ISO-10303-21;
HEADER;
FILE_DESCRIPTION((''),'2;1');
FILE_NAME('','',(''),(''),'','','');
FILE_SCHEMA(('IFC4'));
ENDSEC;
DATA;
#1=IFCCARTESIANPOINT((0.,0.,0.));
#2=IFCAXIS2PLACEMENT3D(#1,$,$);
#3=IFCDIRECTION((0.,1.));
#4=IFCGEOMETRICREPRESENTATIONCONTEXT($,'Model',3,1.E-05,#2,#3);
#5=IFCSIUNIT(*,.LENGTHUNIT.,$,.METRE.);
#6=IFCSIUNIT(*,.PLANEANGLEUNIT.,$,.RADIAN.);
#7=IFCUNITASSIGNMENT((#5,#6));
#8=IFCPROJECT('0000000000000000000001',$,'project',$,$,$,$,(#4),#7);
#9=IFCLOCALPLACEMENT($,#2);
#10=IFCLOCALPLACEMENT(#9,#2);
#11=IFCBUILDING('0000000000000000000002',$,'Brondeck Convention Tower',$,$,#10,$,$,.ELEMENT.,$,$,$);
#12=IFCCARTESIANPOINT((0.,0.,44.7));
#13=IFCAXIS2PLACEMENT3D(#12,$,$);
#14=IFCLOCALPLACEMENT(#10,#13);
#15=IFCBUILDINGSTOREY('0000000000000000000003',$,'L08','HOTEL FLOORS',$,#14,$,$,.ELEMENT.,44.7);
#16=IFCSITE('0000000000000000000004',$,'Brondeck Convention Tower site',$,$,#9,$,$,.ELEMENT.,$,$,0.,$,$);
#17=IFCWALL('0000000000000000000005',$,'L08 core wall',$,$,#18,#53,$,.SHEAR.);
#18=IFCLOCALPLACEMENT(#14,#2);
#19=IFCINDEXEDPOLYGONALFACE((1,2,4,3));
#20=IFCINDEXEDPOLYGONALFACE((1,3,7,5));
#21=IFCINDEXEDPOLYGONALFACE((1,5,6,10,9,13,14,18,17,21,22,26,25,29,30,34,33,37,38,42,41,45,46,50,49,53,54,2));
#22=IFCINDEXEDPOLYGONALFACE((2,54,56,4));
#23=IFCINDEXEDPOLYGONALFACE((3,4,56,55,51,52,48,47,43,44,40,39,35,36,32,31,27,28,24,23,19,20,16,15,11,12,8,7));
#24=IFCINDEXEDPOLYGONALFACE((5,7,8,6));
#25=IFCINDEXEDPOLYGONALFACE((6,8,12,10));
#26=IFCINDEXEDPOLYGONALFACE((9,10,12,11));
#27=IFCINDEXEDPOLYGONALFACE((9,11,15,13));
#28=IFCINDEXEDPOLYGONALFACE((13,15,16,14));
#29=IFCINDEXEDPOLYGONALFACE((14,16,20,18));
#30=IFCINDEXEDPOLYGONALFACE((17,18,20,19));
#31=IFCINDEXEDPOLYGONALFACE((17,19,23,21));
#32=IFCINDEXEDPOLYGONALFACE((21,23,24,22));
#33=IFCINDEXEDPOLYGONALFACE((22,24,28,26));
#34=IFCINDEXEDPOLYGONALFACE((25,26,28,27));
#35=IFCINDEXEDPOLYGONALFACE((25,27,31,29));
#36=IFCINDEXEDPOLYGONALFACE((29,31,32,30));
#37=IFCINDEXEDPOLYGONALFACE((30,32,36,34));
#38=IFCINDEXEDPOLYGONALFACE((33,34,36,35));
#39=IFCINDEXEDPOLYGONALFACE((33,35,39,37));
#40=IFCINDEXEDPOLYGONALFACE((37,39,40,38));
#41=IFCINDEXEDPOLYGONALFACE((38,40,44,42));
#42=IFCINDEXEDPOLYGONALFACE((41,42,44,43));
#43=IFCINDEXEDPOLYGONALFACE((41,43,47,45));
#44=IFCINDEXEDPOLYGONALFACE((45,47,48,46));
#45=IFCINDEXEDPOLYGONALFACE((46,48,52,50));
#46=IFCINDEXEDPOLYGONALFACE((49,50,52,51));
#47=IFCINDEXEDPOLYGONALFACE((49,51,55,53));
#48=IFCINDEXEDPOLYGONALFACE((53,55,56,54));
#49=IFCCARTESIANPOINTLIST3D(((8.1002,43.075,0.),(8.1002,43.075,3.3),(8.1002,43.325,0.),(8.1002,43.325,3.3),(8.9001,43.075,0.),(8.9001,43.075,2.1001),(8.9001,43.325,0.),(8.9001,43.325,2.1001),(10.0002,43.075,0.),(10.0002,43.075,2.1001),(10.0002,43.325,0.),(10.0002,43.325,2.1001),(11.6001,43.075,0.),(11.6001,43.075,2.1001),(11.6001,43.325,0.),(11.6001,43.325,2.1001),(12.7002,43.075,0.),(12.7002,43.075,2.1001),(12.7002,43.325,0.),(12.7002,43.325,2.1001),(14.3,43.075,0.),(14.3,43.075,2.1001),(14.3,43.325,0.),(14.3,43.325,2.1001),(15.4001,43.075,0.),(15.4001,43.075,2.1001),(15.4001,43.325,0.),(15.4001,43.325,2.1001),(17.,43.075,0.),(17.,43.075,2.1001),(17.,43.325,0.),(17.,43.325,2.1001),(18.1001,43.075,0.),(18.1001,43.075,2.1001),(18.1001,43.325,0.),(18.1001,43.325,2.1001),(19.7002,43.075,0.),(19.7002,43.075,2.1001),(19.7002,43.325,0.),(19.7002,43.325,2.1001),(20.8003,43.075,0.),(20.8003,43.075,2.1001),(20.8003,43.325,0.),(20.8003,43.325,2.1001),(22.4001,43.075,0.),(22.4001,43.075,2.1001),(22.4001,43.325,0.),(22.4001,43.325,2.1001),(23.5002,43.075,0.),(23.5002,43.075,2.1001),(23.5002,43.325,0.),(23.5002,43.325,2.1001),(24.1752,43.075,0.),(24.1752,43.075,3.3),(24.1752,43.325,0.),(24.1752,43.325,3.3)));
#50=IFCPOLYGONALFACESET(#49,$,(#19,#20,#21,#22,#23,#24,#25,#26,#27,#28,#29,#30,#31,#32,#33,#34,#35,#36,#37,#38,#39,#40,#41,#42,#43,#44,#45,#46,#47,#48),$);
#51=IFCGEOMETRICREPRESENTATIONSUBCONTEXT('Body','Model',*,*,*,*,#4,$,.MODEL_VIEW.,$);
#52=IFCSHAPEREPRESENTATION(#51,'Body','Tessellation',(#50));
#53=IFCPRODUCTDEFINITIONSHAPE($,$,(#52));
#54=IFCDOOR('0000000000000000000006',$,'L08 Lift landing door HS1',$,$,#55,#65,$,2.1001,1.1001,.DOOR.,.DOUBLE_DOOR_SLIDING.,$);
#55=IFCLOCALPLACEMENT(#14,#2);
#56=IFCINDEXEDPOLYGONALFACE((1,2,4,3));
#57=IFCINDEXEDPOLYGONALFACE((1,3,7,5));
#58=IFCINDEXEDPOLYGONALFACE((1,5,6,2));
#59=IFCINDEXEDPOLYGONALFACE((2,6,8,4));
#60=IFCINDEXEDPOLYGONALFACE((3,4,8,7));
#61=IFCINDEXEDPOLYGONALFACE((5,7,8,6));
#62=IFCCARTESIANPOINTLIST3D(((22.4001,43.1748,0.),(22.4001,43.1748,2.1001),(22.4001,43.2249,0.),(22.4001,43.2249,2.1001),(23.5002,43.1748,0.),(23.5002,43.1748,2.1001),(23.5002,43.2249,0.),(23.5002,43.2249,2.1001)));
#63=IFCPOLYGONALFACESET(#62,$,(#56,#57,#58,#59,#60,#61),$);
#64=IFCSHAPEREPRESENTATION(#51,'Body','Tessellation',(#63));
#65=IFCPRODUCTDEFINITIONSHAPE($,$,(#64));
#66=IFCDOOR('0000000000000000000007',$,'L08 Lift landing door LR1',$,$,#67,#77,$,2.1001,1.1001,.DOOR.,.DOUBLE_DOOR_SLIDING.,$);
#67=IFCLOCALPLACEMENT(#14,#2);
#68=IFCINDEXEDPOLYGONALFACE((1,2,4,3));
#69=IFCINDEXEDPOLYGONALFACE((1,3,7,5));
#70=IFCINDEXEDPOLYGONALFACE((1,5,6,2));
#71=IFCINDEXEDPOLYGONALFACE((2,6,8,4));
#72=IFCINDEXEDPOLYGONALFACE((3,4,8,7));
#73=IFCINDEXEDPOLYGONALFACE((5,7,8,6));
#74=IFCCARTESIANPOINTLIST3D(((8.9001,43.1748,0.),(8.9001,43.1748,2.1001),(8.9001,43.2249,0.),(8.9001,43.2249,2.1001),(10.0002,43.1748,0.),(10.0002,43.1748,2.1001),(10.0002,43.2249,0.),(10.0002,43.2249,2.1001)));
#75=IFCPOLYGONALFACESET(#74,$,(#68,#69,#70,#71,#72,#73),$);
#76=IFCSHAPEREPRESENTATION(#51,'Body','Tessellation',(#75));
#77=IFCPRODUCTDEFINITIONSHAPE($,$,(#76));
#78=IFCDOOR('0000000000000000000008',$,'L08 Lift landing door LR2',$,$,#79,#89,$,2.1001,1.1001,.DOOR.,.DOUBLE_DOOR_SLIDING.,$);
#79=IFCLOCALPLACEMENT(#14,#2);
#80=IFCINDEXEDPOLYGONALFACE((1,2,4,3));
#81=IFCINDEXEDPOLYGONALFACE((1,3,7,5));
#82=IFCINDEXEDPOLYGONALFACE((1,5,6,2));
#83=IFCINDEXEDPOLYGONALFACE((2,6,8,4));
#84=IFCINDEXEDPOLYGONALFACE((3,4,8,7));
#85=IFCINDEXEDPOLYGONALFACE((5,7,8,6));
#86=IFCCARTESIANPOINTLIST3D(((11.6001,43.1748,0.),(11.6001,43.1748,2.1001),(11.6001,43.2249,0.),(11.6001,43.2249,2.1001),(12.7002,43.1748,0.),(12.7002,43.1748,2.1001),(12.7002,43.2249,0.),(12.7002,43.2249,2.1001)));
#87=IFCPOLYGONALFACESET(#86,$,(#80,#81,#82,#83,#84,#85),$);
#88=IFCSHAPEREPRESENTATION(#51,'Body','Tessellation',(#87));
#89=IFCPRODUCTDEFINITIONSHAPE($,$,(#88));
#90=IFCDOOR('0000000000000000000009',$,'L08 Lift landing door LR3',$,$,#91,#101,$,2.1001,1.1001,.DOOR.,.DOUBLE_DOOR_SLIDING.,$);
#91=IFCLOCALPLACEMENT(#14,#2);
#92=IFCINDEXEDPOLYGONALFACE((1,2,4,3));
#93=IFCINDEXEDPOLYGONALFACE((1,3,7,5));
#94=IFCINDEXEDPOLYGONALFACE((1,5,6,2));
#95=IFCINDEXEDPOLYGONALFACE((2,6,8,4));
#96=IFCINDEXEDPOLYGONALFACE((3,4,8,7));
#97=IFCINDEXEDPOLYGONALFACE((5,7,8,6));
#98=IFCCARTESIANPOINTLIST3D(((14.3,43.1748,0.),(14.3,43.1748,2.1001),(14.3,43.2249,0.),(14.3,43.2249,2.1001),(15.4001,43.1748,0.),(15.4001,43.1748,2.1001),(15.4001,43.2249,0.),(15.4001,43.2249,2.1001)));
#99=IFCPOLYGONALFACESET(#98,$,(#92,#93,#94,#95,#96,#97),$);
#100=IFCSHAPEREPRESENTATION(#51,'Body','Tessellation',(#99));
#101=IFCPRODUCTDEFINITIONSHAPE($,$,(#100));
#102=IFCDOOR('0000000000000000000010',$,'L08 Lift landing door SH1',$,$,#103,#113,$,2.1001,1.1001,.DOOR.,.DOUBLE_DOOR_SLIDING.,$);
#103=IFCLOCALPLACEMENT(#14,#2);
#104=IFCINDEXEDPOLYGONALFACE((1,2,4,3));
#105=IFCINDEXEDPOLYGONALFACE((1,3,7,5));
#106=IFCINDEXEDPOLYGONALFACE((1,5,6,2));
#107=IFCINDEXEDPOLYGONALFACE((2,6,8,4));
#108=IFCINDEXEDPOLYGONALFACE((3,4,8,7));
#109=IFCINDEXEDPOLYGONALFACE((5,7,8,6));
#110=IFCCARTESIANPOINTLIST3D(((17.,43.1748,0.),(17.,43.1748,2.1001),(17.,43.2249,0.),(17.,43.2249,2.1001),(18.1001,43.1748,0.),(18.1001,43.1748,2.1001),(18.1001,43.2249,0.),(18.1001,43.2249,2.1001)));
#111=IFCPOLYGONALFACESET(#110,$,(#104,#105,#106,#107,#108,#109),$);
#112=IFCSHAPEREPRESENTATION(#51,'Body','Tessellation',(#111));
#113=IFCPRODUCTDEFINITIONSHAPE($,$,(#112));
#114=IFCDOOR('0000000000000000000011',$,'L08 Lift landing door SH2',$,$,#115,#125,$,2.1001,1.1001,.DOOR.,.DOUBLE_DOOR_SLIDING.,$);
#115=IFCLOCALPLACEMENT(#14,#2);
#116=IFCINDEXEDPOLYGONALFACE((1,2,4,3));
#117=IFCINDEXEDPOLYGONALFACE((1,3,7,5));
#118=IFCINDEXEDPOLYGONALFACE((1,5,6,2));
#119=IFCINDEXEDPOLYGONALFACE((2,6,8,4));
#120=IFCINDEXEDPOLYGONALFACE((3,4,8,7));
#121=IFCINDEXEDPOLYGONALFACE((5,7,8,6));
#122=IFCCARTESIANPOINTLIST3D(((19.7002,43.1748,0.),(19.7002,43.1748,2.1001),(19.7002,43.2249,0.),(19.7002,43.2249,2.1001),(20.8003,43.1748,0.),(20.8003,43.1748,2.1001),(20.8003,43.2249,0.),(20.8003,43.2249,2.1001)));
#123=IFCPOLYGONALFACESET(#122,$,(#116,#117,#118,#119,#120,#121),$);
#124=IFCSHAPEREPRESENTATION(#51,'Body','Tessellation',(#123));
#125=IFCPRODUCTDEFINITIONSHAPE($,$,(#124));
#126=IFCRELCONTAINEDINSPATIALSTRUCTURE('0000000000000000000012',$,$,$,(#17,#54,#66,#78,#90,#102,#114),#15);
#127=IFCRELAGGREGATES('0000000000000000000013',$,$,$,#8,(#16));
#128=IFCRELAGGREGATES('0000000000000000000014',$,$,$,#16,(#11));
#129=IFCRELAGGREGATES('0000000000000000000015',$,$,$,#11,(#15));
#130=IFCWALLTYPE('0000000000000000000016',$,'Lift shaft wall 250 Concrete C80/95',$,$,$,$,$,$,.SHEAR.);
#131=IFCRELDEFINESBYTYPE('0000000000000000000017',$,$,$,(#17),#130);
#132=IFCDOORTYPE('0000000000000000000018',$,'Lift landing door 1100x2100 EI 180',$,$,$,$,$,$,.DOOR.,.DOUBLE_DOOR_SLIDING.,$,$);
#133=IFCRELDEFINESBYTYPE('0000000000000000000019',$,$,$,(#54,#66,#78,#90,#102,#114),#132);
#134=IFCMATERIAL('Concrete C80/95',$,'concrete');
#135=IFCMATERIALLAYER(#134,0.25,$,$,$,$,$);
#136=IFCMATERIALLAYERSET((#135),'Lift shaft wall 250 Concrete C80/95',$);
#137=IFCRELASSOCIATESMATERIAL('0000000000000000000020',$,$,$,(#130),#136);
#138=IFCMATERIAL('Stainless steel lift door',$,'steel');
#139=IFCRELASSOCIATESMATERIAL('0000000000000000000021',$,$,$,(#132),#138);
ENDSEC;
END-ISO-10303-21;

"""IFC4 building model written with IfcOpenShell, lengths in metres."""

from ifc_helpers import new_model, si_unit, direction, frame, frame_2d, origin, place, context, subcontext, project, spatial, rectangle, extrude, material, layer, layer_set, type_object, element, fill, save


model = new_model("IFC4")

# Units and contexts
model_context = context("Model", 3, precision=1e-05, world=origin(), true_north=direction((0.0, 1.0)))
body_context = subcontext(model_context, "Body", "Model", "MODEL_VIEW")
ifc_project = project(units=[si_unit("LENGTHUNIT", "METRE"), si_unit("PLANEANGLEUNIT", "RADIAN")], contexts=[model_context])

# Site, building, storey
site_placement = place(None, origin())
site = spatial("IfcSite", under=ifc_project, at=site_placement, Name="Brondeck Convention Tower site", CompositionType="ELEMENT", RefElevation=0.0)
building_placement = place(site_placement, origin())
building = spatial("IfcBuilding", under=site, at=building_placement, Name="Brondeck Convention Tower", CompositionType="ELEMENT")
storey_placement = place(building_placement, frame((0.0, 0.0, 44.7)))
storey = spatial("IfcBuildingStorey", under=building, at=storey_placement, Name="L08", Description="HOTEL FLOORS", CompositionType="ELEMENT", Elevation=44.7)

# Shared definitions
ifc_material_1 = material(Name="Concrete C80/95", Category="concrete")
ifc_layer_1 = layer(ifc_material_1, 0.25)
ifc_layer_set_1 = layer_set([ifc_layer_1], Name="Lift shaft wall 250 Concrete C80/95")
wall_type_1 = type_object("IfcWallType", Name="Lift shaft wall 250 Concrete C80/95", PredefinedType="SHEAR", material=ifc_layer_set_1)

# Wall, openings, doors
wall_1_placement = place(storey_placement, frame((8.1001, 43.2, 0.0), z_axis=(0.0, 0.0, 1.0), x_axis=(1.0, 0.0, 0.0)))
wall_1 = element("IfcWall", 1, at=wall_1_placement, inside=storey, type_object=wall_type_1, Name="L08 core wall", PredefinedType="SHEAR", context=body_context, shape_type="SweptSolid", body=[
    extrude(rectangle(XDim=16.075, YDim=0.25, at=frame_2d((8.0376, 0.0))), origin(), (0.0, 0.0, 1.0), 3.3),
])
opening_1_placement = place(wall_1_placement, frame((14.3, 0.0, 0.0)))
opening_1 = element("IfcOpeningElement", 2, at=opening_1_placement, cuts=wall_1, PredefinedType="OPENING", context=body_context, shape_type="SweptSolid", body=[
    extrude(rectangle(XDim=1.1001, YDim=2.1001, at=frame_2d((0.55, 1.05))), frame((0.0, 0.135, 0.0), z_axis=(0.0, -1.0, 0.0), x_axis=(1.0, 0.0, 0.0)), (0.0, 0.0, 1.0), 0.27),
])
opening_2_placement = place(wall_1_placement, frame((0.8, 0.0, 0.0)))
opening_2 = element("IfcOpeningElement", 3, at=opening_2_placement, cuts=wall_1, PredefinedType="OPENING", context=body_context, shape_type="SweptSolid", body=[
    extrude(rectangle(XDim=1.1001, YDim=2.1001, at=frame_2d((0.55, 1.05))), frame((0.0, 0.135, 0.0), z_axis=(0.0, -1.0, 0.0), x_axis=(1.0, 0.0, 0.0)), (0.0, 0.0, 1.0), 0.27),
])
opening_3_placement = place(wall_1_placement, frame((3.5, 0.0, 0.0)))
opening_3 = element("IfcOpeningElement", 4, at=opening_3_placement, cuts=wall_1, PredefinedType="OPENING", context=body_context, shape_type="SweptSolid", body=[
    extrude(rectangle(XDim=1.1001, YDim=2.1001, at=frame_2d((0.55, 1.05))), frame((0.0, 0.135, 0.0), z_axis=(0.0, -1.0, 0.0), x_axis=(1.0, 0.0, 0.0)), (0.0, 0.0, 1.0), 0.27),
])
opening_4_placement = place(wall_1_placement, frame((6.2, 0.0, 0.0)))
opening_4 = element("IfcOpeningElement", 5, at=opening_4_placement, cuts=wall_1, PredefinedType="OPENING", context=body_context, shape_type="SweptSolid", body=[
    extrude(rectangle(XDim=1.1001, YDim=2.1001, at=frame_2d((0.55, 1.05))), frame((0.0, 0.135, 0.0), z_axis=(0.0, -1.0, 0.0), x_axis=(1.0, 0.0, 0.0)), (0.0, 0.0, 1.0), 0.27),
])
opening_5_placement = place(wall_1_placement, frame((8.8999, 0.0, 0.0)))
opening_5 = element("IfcOpeningElement", 6, at=opening_5_placement, cuts=wall_1, PredefinedType="OPENING", context=body_context, shape_type="SweptSolid", body=[
    extrude(rectangle(XDim=1.1001, YDim=2.1001, at=frame_2d((0.55, 1.05))), frame((0.0, 0.135, 0.0), z_axis=(0.0, -1.0, 0.0), x_axis=(1.0, 0.0, 0.0)), (0.0, 0.0, 1.0), 0.27),
])
opening_6_placement = place(wall_1_placement, frame((11.6001, 0.0, 0.0)))
opening_6 = element("IfcOpeningElement", 7, at=opening_6_placement, cuts=wall_1, PredefinedType="OPENING", context=body_context, shape_type="SweptSolid", body=[
    extrude(rectangle(XDim=1.1001, YDim=2.1001, at=frame_2d((0.55, 1.05))), frame((0.0, 0.135, 0.0), z_axis=(0.0, -1.0, 0.0), x_axis=(1.0, 0.0, 0.0)), (0.0, 0.0, 1.0), 0.27),
])
ifc_material_2 = material(Name="Stainless steel lift door", Category="steel")
door_type = type_object("IfcDoorType", Name="Lift landing door 1100x2100 EI 180", OperationType="DOUBLE_DOOR_SLIDING", PredefinedType="DOOR", material=ifc_material_2)
door_1_placement = place(opening_1_placement, origin())
door_1 = element("IfcDoor", 8, at=door_1_placement, inside=storey, type_object=door_type, Name="L08 Lift landing door HS1", OperationType="DOUBLE_DOOR_SLIDING", OverallHeight=2.1001, OverallWidth=1.1001, PredefinedType="DOOR", context=body_context, shape_type="SweptSolid", body=[
    extrude(rectangle(XDim=1.1001, YDim=2.1001, at=frame_2d((0.55, 1.05))), frame((0.0, 0.0249, 0.0), z_axis=(0.0, -1.0, 0.0), x_axis=(1.0, 0.0, 0.0)), (0.0, 0.0, 1.0), 0.05),
])
fill(opening_1, door_1)
door_2_placement = place(opening_2_placement, origin())
door_2 = element("IfcDoor", 9, at=door_2_placement, inside=storey, type_object=door_type, Name="L08 Lift landing door LR1", OperationType="DOUBLE_DOOR_SLIDING", OverallHeight=2.1001, OverallWidth=1.1001, PredefinedType="DOOR", context=body_context, shape_type="SweptSolid", body=[
    extrude(rectangle(XDim=1.1001, YDim=2.1001, at=frame_2d((0.55, 1.05))), frame((0.0, 0.0249, 0.0), z_axis=(0.0, -1.0, 0.0), x_axis=(1.0, 0.0, 0.0)), (0.0, 0.0, 1.0), 0.05),
])
fill(opening_2, door_2)
door_3_placement = place(opening_3_placement, origin())
door_3 = element("IfcDoor", 10, at=door_3_placement, inside=storey, type_object=door_type, Name="L08 Lift landing door LR2", OperationType="DOUBLE_DOOR_SLIDING", OverallHeight=2.1001, OverallWidth=1.1001, PredefinedType="DOOR", context=body_context, shape_type="SweptSolid", body=[
    extrude(rectangle(XDim=1.1001, YDim=2.1001, at=frame_2d((0.55, 1.05))), frame((0.0, 0.0249, 0.0), z_axis=(0.0, -1.0, 0.0), x_axis=(1.0, 0.0, 0.0)), (0.0, 0.0, 1.0), 0.05),
])
fill(opening_3, door_3)
door_4_placement = place(opening_4_placement, origin())
door_4 = element("IfcDoor", 11, at=door_4_placement, inside=storey, type_object=door_type, Name="L08 Lift landing door LR3", OperationType="DOUBLE_DOOR_SLIDING", OverallHeight=2.1001, OverallWidth=1.1001, PredefinedType="DOOR", context=body_context, shape_type="SweptSolid", body=[
    extrude(rectangle(XDim=1.1001, YDim=2.1001, at=frame_2d((0.55, 1.05))), frame((0.0, 0.0249, 0.0), z_axis=(0.0, -1.0, 0.0), x_axis=(1.0, 0.0, 0.0)), (0.0, 0.0, 1.0), 0.05),
])
fill(opening_4, door_4)
door_5_placement = place(opening_5_placement, origin())
door_5 = element("IfcDoor", 12, at=door_5_placement, inside=storey, type_object=door_type, Name="L08 Lift landing door SH1", OperationType="DOUBLE_DOOR_SLIDING", OverallHeight=2.1001, OverallWidth=1.1001, PredefinedType="DOOR", context=body_context, shape_type="SweptSolid", body=[
    extrude(rectangle(XDim=1.1001, YDim=2.1001, at=frame_2d((0.55, 1.05))), frame((0.0, 0.0249, 0.0), z_axis=(0.0, -1.0, 0.0), x_axis=(1.0, 0.0, 0.0)), (0.0, 0.0, 1.0), 0.05),
])
fill(opening_5, door_5)
door_6_placement = place(opening_6_placement, origin())
door_6 = element("IfcDoor", 13, at=door_6_placement, inside=storey, type_object=door_type, Name="L08 Lift landing door SH2", OperationType="DOUBLE_DOOR_SLIDING", OverallHeight=2.1001, OverallWidth=1.1001, PredefinedType="DOOR", context=body_context, shape_type="SweptSolid", body=[
    extrude(rectangle(XDim=1.1001, YDim=2.1001, at=frame_2d((0.55, 1.05))), frame((0.0, 0.0249, 0.0), z_axis=(0.0, -1.0, 0.0), x_axis=(1.0, 0.0, 0.0)), (0.0, 0.0, 1.0), 0.05),
])
fill(opening_6, door_6)

save(model, "model.ifc")
